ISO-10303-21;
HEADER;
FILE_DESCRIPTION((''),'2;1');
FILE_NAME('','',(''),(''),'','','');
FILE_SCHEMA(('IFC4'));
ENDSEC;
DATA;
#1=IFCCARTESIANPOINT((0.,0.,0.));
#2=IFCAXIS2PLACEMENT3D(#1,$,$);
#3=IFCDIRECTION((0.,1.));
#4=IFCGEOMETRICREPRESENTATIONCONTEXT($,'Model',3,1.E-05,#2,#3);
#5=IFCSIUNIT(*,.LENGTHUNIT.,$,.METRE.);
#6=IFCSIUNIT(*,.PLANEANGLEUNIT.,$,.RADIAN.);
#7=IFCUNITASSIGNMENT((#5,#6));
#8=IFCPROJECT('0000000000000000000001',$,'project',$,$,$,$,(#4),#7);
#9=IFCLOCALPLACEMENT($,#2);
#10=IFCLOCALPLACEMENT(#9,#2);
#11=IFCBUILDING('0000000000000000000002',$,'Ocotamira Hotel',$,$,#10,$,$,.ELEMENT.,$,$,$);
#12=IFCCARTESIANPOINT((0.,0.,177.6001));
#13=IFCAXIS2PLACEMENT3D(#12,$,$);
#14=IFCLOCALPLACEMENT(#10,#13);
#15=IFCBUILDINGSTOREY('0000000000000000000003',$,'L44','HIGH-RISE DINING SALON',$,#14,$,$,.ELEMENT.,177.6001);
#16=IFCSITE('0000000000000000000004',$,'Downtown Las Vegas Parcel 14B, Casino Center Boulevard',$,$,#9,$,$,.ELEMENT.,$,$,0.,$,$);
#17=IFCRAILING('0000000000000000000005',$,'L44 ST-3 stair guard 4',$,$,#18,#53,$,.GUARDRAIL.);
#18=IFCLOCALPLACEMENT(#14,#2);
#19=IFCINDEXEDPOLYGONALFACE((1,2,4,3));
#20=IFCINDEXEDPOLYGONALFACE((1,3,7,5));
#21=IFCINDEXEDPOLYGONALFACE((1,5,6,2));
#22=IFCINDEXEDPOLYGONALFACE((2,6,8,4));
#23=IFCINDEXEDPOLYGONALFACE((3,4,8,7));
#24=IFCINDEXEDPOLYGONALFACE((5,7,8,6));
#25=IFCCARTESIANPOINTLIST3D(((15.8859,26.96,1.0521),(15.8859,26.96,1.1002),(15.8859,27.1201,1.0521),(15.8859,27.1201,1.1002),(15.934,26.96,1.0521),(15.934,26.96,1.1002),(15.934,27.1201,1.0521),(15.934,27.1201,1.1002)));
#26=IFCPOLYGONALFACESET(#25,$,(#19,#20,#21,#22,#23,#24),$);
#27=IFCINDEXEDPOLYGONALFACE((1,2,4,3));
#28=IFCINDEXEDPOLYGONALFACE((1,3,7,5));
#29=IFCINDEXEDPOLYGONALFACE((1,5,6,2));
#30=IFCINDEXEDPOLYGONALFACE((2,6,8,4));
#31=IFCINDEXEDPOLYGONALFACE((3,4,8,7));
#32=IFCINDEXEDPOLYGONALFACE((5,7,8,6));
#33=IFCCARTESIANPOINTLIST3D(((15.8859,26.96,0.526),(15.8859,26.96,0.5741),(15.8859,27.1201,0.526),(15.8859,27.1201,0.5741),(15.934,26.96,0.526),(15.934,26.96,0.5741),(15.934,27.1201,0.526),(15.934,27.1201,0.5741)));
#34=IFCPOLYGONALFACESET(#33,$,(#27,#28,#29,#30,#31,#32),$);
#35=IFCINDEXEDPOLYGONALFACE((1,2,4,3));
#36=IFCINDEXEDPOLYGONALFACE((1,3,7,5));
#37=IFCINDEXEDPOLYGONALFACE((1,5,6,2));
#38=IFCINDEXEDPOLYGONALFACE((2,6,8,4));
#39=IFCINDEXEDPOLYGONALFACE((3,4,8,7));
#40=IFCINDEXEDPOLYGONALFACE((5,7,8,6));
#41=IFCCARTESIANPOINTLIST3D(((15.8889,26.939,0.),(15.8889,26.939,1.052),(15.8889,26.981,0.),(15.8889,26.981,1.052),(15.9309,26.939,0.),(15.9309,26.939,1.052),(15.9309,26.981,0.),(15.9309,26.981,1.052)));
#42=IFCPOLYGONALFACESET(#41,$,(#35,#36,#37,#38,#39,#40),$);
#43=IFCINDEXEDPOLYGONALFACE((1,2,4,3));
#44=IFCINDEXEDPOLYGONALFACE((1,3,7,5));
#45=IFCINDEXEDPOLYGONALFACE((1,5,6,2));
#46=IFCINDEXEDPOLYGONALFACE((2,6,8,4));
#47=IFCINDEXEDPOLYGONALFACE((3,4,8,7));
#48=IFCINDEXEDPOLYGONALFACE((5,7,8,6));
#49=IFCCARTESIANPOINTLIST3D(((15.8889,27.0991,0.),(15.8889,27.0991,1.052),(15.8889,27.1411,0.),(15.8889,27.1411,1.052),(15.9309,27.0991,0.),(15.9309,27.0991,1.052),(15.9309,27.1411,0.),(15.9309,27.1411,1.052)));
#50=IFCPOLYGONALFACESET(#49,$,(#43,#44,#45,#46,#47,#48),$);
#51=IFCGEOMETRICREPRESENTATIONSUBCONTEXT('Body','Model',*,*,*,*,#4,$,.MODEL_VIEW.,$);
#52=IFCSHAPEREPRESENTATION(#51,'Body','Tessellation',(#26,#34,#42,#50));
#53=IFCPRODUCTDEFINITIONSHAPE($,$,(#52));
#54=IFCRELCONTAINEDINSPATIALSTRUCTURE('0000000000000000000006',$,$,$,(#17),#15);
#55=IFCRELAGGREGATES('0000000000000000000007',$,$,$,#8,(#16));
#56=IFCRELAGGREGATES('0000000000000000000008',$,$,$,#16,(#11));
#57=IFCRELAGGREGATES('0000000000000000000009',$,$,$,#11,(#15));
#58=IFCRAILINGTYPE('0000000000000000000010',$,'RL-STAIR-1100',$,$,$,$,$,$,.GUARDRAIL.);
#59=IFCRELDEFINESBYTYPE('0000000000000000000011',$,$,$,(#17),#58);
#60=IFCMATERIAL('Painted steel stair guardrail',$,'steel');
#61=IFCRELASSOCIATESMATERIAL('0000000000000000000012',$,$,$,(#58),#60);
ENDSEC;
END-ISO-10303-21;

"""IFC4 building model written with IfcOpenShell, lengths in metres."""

from ifc_helpers import new_model, si_unit, direction, frame, origin, origin_2d, place, context, subcontext, project, spatial, rectangle, extrude, material, type_object, element, save


model = new_model("IFC4")

# Units and contexts
model_context = context("Model", 3, precision=1e-05, world=origin(), true_north=direction((0.0, 1.0)))
body_context = subcontext(model_context, "Body", "Model", "MODEL_VIEW")
ifc_project = project(units=[si_unit("LENGTHUNIT", "METRE"), si_unit("PLANEANGLEUNIT", "RADIAN")], contexts=[model_context])

# Site, building, storey
site_placement = place(None, origin())
site = spatial("IfcSite", under=ifc_project, at=site_placement, Name="Downtown Las Vegas Parcel 14B, Casino Center Boulevard", CompositionType="ELEMENT", RefElevation=0.0)
building_placement = place(site_placement, origin())
building = spatial("IfcBuilding", under=site, at=building_placement, Name="Ocotamira Hotel", CompositionType="ELEMENT")
storey_placement = place(building_placement, frame((0.0, 0.0, 177.6001)))
storey = spatial("IfcBuildingStorey", under=building, at=storey_placement, Name="L44", Description="HIGH-RISE DINING SALON", CompositionType="ELEMENT", Elevation=177.6001)

# Railing
ifc_material_1 = material(Name="Painted steel stair guardrail", Category="steel")
railing_type_1 = type_object("IfcRailingType", Name="RL-STAIR-1100", PredefinedType="GUARDRAIL", material=ifc_material_1)
railing_1_placement = place(storey_placement, frame((15.9099, 26.96, 0.0)))
element("IfcRailing", 1, at=railing_1_placement, inside=storey, type_object=railing_type_1, Name="L44 ST-3 stair guard 4", PredefinedType="GUARDRAIL", context=body_context, shape_type="SweptSolid", body=[
    extrude(rectangle(XDim=0.0481, YDim=0.0481, at=origin_2d()), frame((0.0, 0.0, 1.0762), z_axis=(0.0, 1.0, 0.0), x_axis=(-1.0, 0.0, 0.0)), (0.0, 0.0, 1.0), 0.1602),
    extrude(rectangle(XDim=0.0481, YDim=0.0481, at=origin_2d()), frame((0.0, 0.0, 0.55), z_axis=(0.0, 1.0, 0.0), x_axis=(-1.0, 0.0, 0.0)), (0.0, 0.0, 1.0), 0.1602),
    extrude(rectangle(XDim=0.042, YDim=0.042, at=origin_2d()), origin(), (0.0, 0.0, 1.0), 1.052),
    extrude(rectangle(XDim=0.042, YDim=0.042, at=origin_2d()), frame((0.0, 0.1602, 0.0)), (0.0, 0.0, 1.0), 1.052),
])

save(model, "model.ifc")
